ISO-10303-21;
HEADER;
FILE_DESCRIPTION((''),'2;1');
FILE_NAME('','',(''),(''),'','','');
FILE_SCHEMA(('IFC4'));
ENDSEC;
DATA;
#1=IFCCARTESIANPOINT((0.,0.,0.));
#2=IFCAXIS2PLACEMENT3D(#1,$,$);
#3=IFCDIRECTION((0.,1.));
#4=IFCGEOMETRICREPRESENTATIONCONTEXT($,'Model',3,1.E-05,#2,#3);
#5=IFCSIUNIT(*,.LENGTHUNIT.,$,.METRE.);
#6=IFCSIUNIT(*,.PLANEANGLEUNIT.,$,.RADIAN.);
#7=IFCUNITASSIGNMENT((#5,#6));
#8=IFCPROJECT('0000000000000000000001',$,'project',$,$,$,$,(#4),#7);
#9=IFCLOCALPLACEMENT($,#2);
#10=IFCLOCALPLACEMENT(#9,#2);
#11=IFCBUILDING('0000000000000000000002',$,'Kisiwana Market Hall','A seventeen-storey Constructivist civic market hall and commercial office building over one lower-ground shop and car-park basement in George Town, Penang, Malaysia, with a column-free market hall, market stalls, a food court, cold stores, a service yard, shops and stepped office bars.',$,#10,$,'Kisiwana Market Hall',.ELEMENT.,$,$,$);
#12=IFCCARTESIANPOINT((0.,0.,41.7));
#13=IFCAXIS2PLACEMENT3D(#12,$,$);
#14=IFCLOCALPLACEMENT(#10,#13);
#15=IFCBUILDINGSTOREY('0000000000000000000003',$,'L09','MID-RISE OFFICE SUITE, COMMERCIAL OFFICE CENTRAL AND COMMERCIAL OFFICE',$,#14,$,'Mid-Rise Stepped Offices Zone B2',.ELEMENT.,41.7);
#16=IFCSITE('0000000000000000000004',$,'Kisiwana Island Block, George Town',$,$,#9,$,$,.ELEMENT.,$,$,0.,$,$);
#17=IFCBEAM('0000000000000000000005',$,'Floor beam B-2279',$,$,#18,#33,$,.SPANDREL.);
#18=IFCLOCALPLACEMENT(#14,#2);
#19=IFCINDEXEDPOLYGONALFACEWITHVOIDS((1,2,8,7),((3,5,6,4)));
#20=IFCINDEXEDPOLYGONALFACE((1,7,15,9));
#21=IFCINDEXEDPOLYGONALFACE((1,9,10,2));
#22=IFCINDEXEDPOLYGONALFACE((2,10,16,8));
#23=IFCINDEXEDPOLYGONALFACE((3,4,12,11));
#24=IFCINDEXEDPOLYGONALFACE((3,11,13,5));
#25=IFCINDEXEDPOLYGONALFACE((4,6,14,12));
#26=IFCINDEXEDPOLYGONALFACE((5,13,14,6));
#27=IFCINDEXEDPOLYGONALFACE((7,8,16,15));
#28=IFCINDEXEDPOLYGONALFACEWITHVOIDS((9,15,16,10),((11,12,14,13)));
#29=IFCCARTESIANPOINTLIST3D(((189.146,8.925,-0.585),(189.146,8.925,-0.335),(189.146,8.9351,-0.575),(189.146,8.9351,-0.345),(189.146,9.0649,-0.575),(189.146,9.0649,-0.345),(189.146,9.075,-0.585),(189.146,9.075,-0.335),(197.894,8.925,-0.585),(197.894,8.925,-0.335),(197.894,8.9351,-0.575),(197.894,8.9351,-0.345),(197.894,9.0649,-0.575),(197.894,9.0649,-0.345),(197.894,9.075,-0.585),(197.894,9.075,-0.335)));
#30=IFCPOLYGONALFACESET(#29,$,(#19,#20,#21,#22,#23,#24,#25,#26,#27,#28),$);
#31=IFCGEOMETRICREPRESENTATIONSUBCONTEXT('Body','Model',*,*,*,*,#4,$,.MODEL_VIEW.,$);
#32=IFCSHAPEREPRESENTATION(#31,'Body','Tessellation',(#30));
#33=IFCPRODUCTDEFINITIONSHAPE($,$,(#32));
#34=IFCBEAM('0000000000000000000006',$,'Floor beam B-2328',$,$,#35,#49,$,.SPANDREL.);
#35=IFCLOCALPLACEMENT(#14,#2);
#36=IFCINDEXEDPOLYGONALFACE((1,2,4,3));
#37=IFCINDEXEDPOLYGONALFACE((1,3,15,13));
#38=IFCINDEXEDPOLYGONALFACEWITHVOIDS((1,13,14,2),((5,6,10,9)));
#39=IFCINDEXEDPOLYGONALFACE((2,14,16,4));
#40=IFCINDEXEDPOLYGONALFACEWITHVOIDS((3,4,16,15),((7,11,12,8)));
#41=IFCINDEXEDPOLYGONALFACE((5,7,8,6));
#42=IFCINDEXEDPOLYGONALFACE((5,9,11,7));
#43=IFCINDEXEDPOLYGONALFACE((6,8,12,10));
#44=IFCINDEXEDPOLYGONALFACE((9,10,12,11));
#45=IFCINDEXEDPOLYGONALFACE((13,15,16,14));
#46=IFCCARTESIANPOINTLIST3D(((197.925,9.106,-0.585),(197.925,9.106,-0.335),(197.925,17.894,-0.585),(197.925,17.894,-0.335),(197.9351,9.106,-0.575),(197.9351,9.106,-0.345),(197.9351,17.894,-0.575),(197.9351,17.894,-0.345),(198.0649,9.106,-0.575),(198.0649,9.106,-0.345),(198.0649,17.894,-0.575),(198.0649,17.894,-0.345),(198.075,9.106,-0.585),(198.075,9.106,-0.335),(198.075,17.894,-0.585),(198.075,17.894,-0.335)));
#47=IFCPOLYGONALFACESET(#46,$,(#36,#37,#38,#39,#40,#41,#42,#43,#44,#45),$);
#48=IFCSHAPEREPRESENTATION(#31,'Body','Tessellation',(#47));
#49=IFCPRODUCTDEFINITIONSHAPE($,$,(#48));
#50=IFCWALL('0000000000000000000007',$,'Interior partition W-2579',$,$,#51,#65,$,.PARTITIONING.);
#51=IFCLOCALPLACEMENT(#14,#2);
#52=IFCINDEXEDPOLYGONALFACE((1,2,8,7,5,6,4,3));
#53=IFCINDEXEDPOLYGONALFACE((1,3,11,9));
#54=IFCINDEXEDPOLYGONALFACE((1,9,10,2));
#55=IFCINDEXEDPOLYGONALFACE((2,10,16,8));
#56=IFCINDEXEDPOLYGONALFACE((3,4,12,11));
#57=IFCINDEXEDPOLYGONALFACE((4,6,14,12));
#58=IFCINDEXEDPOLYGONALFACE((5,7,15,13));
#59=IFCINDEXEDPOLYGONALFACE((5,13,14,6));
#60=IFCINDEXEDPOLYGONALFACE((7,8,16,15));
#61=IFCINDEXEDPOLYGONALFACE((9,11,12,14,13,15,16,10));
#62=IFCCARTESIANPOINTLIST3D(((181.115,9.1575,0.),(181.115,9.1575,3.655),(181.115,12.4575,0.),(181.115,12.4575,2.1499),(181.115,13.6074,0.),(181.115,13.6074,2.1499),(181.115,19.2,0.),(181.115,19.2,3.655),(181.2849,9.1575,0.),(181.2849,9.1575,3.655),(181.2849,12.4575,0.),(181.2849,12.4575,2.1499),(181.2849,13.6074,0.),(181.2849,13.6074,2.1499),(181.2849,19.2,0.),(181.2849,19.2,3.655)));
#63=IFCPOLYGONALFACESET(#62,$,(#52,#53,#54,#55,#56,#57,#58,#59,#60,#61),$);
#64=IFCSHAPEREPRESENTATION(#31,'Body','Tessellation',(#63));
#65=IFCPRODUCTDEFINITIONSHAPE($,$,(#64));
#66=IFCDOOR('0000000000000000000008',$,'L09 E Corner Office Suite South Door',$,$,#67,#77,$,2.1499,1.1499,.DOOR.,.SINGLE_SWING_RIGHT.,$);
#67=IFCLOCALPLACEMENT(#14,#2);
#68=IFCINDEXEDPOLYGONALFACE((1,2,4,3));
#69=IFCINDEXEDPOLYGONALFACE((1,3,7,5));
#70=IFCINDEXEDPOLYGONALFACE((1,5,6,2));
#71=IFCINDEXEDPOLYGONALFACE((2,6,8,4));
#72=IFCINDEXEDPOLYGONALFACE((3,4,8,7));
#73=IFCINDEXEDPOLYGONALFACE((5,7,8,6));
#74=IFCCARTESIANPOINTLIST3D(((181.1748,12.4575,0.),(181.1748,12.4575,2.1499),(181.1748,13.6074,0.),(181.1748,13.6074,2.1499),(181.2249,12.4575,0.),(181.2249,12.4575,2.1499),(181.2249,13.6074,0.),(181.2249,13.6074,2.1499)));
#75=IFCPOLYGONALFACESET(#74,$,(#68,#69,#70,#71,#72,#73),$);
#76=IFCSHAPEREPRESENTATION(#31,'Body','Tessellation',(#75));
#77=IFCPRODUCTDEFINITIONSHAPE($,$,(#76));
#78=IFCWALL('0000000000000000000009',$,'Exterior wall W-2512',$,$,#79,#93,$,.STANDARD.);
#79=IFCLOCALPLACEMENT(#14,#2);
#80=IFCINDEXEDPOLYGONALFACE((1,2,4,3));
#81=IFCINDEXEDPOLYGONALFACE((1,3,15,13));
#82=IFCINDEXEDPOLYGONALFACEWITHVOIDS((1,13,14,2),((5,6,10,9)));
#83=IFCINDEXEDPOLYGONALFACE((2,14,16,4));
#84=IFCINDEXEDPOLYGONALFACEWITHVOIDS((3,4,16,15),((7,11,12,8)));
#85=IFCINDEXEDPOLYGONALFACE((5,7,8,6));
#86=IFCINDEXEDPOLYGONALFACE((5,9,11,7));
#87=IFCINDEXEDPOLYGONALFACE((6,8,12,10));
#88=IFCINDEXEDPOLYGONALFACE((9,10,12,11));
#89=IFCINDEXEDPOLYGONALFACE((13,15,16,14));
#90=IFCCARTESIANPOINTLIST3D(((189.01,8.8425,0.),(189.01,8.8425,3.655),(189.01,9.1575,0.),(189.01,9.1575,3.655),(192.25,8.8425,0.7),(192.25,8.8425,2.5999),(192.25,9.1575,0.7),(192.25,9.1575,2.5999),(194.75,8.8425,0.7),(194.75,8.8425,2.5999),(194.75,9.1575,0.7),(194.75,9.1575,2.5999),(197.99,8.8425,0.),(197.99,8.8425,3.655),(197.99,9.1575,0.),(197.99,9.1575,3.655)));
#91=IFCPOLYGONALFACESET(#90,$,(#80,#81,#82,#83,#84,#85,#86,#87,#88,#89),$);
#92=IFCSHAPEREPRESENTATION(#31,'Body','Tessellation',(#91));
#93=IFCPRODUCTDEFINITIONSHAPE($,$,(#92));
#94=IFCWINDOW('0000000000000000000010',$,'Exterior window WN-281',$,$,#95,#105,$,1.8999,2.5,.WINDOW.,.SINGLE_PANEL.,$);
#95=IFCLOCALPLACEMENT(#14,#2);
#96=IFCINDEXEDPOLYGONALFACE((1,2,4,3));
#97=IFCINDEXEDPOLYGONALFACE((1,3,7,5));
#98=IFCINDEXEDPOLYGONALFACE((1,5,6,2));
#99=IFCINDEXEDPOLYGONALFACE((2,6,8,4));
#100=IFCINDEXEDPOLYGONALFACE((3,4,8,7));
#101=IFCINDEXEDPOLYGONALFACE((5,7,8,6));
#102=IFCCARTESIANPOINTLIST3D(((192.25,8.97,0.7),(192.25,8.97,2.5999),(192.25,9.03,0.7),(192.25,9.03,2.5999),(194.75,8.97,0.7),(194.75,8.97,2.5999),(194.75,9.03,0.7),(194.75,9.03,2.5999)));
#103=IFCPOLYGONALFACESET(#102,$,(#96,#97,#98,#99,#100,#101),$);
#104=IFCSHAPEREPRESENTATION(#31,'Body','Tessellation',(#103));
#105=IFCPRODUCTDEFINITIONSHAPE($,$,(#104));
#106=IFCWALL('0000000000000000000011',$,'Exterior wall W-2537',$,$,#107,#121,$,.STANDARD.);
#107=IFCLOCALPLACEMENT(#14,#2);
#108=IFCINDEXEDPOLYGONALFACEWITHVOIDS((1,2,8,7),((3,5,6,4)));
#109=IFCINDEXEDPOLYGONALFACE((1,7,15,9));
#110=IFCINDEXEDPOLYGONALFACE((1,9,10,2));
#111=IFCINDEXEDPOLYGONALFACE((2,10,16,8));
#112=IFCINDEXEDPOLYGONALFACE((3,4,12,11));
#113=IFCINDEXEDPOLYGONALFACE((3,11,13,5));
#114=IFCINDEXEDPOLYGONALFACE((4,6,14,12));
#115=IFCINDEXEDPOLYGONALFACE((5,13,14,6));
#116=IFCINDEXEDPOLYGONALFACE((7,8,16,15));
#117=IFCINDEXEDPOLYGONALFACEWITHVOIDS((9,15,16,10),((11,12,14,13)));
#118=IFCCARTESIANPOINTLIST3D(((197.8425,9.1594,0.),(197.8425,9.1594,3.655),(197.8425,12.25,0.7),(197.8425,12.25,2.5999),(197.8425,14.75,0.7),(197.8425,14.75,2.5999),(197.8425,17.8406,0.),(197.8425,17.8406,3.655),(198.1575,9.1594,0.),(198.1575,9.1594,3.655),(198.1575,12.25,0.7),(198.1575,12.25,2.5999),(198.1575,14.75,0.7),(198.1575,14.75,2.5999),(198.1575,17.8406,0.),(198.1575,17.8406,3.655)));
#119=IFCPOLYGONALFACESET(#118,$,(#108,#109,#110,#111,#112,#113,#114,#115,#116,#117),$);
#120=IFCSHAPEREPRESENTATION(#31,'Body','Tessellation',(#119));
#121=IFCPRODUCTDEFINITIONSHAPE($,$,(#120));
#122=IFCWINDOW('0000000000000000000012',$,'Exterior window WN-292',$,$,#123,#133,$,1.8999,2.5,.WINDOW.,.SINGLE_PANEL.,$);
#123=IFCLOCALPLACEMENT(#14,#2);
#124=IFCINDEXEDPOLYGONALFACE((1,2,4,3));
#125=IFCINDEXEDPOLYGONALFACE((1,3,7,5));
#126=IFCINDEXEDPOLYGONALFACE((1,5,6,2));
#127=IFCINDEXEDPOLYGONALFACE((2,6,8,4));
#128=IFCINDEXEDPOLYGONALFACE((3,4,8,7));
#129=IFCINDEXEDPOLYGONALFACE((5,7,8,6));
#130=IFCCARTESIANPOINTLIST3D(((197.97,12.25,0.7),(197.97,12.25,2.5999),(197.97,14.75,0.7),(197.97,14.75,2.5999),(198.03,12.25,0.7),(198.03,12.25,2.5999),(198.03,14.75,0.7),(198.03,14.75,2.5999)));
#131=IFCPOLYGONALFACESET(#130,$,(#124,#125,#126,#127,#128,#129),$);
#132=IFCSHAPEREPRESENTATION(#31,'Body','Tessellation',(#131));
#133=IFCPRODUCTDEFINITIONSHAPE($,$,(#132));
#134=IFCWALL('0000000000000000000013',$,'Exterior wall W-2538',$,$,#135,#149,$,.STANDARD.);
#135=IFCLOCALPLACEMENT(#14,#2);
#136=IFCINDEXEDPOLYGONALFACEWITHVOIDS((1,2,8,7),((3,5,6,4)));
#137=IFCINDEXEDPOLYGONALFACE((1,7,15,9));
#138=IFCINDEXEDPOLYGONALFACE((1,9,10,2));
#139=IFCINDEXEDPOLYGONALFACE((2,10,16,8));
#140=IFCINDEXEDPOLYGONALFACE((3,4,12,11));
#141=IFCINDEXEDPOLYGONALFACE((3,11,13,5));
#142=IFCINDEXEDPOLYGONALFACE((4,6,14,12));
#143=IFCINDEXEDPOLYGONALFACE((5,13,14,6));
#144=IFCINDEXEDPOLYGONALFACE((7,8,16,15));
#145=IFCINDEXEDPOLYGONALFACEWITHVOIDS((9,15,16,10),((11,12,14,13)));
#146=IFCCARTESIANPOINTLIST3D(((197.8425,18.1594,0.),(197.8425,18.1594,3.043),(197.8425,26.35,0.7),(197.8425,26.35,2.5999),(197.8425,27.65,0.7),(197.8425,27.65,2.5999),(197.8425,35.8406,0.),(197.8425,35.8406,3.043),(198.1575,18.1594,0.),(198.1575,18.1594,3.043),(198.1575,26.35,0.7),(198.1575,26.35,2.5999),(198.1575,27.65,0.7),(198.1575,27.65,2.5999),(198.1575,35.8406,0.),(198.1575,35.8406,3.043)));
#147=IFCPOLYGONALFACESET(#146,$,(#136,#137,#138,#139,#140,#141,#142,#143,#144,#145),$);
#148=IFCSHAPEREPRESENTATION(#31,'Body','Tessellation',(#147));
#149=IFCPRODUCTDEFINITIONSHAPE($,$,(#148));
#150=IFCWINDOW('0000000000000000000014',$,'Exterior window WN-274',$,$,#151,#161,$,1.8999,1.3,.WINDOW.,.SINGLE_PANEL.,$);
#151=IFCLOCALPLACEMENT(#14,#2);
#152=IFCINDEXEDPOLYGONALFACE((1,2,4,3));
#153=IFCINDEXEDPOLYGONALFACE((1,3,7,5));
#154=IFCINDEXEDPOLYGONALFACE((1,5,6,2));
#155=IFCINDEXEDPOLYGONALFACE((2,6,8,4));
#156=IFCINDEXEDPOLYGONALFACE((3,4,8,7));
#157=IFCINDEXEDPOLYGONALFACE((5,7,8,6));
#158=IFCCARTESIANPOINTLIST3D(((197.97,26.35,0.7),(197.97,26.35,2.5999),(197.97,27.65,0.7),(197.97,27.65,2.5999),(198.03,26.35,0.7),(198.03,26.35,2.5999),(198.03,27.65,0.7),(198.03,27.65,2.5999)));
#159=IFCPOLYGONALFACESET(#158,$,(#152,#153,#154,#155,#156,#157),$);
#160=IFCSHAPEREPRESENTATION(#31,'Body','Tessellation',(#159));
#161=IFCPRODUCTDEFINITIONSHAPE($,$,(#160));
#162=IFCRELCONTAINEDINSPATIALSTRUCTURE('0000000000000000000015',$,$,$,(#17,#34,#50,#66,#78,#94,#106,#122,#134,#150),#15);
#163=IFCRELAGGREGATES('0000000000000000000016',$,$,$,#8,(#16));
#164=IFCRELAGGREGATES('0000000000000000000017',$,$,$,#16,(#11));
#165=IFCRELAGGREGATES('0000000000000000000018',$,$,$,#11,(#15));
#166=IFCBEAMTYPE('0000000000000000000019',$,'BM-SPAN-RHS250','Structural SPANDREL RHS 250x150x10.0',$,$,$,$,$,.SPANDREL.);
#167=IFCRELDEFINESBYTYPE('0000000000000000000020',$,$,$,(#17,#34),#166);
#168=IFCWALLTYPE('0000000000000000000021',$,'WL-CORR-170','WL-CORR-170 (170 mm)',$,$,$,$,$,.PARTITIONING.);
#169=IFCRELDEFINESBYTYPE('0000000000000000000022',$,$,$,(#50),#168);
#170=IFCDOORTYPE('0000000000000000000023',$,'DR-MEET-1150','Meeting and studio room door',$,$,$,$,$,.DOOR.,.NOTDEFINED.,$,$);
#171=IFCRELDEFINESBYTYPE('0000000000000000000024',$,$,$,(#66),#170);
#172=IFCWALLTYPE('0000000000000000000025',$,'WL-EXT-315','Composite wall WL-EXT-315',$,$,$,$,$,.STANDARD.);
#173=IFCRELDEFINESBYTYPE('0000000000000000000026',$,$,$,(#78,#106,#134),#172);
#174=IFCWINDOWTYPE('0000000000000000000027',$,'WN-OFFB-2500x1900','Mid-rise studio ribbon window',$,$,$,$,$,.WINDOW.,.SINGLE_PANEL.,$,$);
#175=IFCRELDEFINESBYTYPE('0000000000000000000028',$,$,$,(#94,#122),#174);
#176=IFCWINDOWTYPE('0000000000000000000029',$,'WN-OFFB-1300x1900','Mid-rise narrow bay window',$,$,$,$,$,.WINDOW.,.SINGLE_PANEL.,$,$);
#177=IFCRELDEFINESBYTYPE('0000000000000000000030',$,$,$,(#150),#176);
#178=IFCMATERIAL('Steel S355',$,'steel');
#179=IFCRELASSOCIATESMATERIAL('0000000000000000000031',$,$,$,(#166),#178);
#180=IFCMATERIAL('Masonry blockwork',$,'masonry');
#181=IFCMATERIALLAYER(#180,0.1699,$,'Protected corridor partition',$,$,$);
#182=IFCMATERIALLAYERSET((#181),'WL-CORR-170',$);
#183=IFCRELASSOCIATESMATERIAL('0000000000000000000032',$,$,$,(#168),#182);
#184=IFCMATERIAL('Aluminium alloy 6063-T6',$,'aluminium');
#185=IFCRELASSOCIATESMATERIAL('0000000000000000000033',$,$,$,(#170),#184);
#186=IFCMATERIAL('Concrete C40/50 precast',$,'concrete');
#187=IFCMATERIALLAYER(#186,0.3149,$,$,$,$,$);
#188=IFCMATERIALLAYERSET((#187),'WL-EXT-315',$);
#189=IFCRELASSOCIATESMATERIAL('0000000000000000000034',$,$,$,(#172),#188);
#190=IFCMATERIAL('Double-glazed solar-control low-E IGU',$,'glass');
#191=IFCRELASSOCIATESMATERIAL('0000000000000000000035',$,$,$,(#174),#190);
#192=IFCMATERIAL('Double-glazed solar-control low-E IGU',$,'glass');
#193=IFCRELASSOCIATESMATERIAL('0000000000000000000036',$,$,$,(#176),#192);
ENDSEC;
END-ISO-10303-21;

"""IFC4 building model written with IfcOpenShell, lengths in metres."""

from ifc_helpers import new_model, si_unit, direction, frame, frame_2d, origin, origin_2d, place, context, subcontext, project, spatial, rectangle, hollow_rectangle, extrude, material, layer, layer_set, material_profile, profile_set, type_object, element, fill, save


model = new_model("IFC4")

# Units and contexts
model_context = context("Model", 3, precision=1e-05, world=origin(), true_north=direction((0.0, 1.0)))
body_context = subcontext(model_context, "Body", "Model", "MODEL_VIEW")
ifc_project = project(units=[si_unit("LENGTHUNIT", "METRE"), si_unit("PLANEANGLEUNIT", "RADIAN")], contexts=[model_context])

# Site, building, storey
site_placement = place(None, origin())
site = spatial("IfcSite", under=ifc_project, at=site_placement, Name="Kisiwana Island Block, George Town", CompositionType="ELEMENT", RefElevation=0.0)
building_placement = place(site_placement, origin())
building = spatial("IfcBuilding", under=site, at=building_placement, Name="Kisiwana Market Hall", Description="A seventeen-storey Constructivist civic market hall and commercial office building over one lower-ground shop and car-park basement in George Town, Penang, Malaysia, with a column-free market hall, market stalls, a food court, cold stores, a service yard, shops and stepped office bars.", LongName="Kisiwana Market Hall", CompositionType="ELEMENT")
storey_placement = place(building_placement, frame((0.0, 0.0, 41.7)))
storey = spatial("IfcBuildingStorey", under=building, at=storey_placement, Name="L09", Description="MID-RISE OFFICE SUITE, COMMERCIAL OFFICE CENTRAL AND COMMERCIAL OFFICE", LongName="Mid-Rise Stepped Offices Zone B2", CompositionType="ELEMENT", Elevation=41.7)

# Beams
ifc_material_1 = material(Name="Steel S355", Category="steel")
ifc_material_profile_1 = material_profile(ifc_material_1, hollow_rectangle(XDim=0.1499, YDim=0.25, WallThickness=0.01, at=origin_2d()), Name="RHS 250x150x10.0")
ifc_profile_set_1 = profile_set([ifc_material_profile_1], Name="Steel S355")
beam_type_1 = type_object("IfcBeamType", Name="BM-SPAN-RHS250", Description="Structural SPANDREL RHS 250x150x10.0", PredefinedType="SPANDREL", material=ifc_profile_set_1)
beam_1_placement = place(storey_placement, frame((189.146, 9.0, -0.46), z_axis=(1.0, 0.0, 0.0), x_axis=(0.0, 1.0, 0.0)))
element("IfcBeam", 1, at=beam_1_placement, inside=storey, type_object=beam_type_1, Name="Floor beam B-2279", PredefinedType="SPANDREL", context=body_context, shape_type="SweptSolid", body=[
    extrude(hollow_rectangle(XDim=0.1499, YDim=0.25, WallThickness=0.01, at=origin_2d()), origin(), (0.0, 0.0, 1.0), 8.748),
])
beam_2_placement = place(storey_placement, frame((198.0, 9.106, -0.46), z_axis=(0.0, 1.0, 0.0), x_axis=(-1.0, 0.0, 0.0)))
element("IfcBeam", 2, at=beam_2_placement, inside=storey, type_object=beam_type_1, Name="Floor beam B-2328", PredefinedType="SPANDREL", context=body_context, shape_type="SweptSolid", body=[
    extrude(hollow_rectangle(XDim=0.1499, YDim=0.25, WallThickness=0.01, at=origin_2d()), origin(), (0.0, 0.0, 1.0), 8.7881),
])

# Wall, opening, door
ifc_material_2 = material(Name="Masonry blockwork", Category="masonry")
ifc_layer_1 = layer(ifc_material_2, 0.1699, Name="Protected corridor partition")
ifc_layer_set_1 = layer_set([ifc_layer_1], Name="WL-CORR-170")
wall_type_1 = type_object("IfcWallType", Name="WL-CORR-170", Description="WL-CORR-170 (170 mm)", PredefinedType="PARTITIONING", material=ifc_layer_set_1)
wall_1_placement = place(storey_placement, frame((181.2, 9.1575, 0.0), z_axis=(0.0, 0.0, 1.0), x_axis=(0.0, 1.0, 0.0)))
wall_1 = element("IfcWall", 3, at=wall_1_placement, inside=storey, type_object=wall_type_1, Name="Interior partition W-2579", PredefinedType="PARTITIONING", context=body_context, shape_type="SweptSolid", body=[
    extrude(rectangle(XDim=10.0425, YDim=0.1699, at=frame_2d((5.0212, 0.0))), origin(), (0.0, 0.0, 1.0), 3.655),
])
opening_1_placement = place(wall_1_placement, frame((3.3, 0.0, 0.0)))
opening_1 = element("IfcOpeningElement", 4, at=opening_1_placement, cuts=wall_1, PredefinedType="OPENING", context=body_context, shape_type="SweptSolid", body=[
    extrude(rectangle(XDim=1.1499, YDim=2.1499, at=frame_2d((0.575, 1.075))), frame((0.0, 0.0969, 0.0), z_axis=(0.0, -1.0, 0.0), x_axis=(1.0, 0.0, 0.0)), (0.0, 0.0, 1.0), 0.1938),
])
ifc_material_3 = material(Name="Aluminium alloy 6063-T6", Category="aluminium")
door_type = type_object("IfcDoorType", Name="DR-MEET-1150", Description="Meeting and studio room door", OperationType="NOTDEFINED", PredefinedType="DOOR", material=ifc_material_3)
door_placement = place(opening_1_placement, frame((1.1499, 0.0, 0.0), z_axis=(0.0, 0.0, 1.0), x_axis=(-1.0, 0.0, 0.0)))
door = element("IfcDoor", 5, at=door_placement, inside=storey, type_object=door_type, Name="L09 E Corner Office Suite South Door", OperationType="SINGLE_SWING_RIGHT", OverallHeight=2.1499, OverallWidth=1.1499, PredefinedType="DOOR", context=body_context, shape_type="SweptSolid", body=[
    extrude(rectangle(XDim=1.1499, YDim=2.1499, at=frame_2d((0.575, 1.075))), frame((0.0, 0.0249, 0.0), z_axis=(0.0, -1.0, 0.0), x_axis=(1.0, 0.0, 0.0)), (0.0, 0.0, 1.0), 0.05),
])
fill(opening_1, door)

# Walls, openings, windows
ifc_material_4 = material(Name="Concrete C40/50 precast", Category="concrete")
ifc_layer_2 = layer(ifc_material_4, 0.3149)
ifc_layer_set_2 = layer_set([ifc_layer_2], Name="WL-EXT-315")
wall_type_2 = type_object("IfcWallType", Name="WL-EXT-315", Description="Composite wall WL-EXT-315", PredefinedType="STANDARD", material=ifc_layer_set_2)
wall_2_placement = place(storey_placement, frame((189.01, 9.0, 0.0), z_axis=(0.0, 0.0, 1.0), x_axis=(1.0, 0.0, 0.0)))
wall_2 = element("IfcWall", 6, at=wall_2_placement, inside=storey, type_object=wall_type_2, Name="Exterior wall W-2512", PredefinedType="STANDARD", context=body_context, shape_type="SweptSolid", body=[
    extrude(rectangle(XDim=8.98, YDim=0.3149, at=frame_2d((4.49, 0.0))), origin(), (0.0, 0.0, 1.0), 3.655),
])
opening_2_placement = place(wall_2_placement, frame((3.24, 0.0, 0.7)))
opening_2 = element("IfcOpeningElement", 7, at=opening_2_placement, cuts=wall_2, PredefinedType="OPENING", context=body_context, shape_type="SweptSolid", body=[
    extrude(rectangle(XDim=2.5, YDim=1.8999, at=frame_2d((1.25, 0.95))), frame((0.0, 0.1694, 0.0), z_axis=(0.0, -1.0, 0.0), x_axis=(1.0, 0.0, 0.0)), (0.0, 0.0, 1.0), 0.3389),
])
ifc_material_5 = material(Name="Double-glazed solar-control low-E IGU", Category="glass")
window_type_1 = type_object("IfcWindowType", Name="WN-OFFB-2500x1900", Description="Mid-rise studio ribbon window", PartitioningType="SINGLE_PANEL", PredefinedType="WINDOW", material=ifc_material_5)
window_1_placement = place(opening_2_placement, origin())
window_1 = element("IfcWindow", 8, at=window_1_placement, inside=storey, type_object=window_type_1, Name="Exterior window WN-281", OverallHeight=1.8999, OverallWidth=2.5, PartitioningType="SINGLE_PANEL", PredefinedType="WINDOW", context=body_context, shape_type="SweptSolid", body=[
    extrude(rectangle(XDim=2.5, YDim=1.8999, at=frame_2d((1.25, 0.95))), frame((0.0, 0.03, 0.0), z_axis=(0.0, -1.0, 0.0), x_axis=(1.0, 0.0, 0.0)), (0.0, 0.0, 1.0), 0.0601),
])
fill(opening_2, window_1)
wall_3_placement = place(storey_placement, frame((198.0, 9.1594, 0.0), z_axis=(0.0, 0.0, 1.0), x_axis=(0.0, 1.0, 0.0)))
wall_3 = element("IfcWall", 9, at=wall_3_placement, inside=storey, type_object=wall_type_2, Name="Exterior wall W-2537", PredefinedType="STANDARD", context=body_context, shape_type="SweptSolid", body=[
    extrude(rectangle(XDim=8.6812, YDim=0.3149, at=frame_2d((4.3406, 0.0))), origin(), (0.0, 0.0, 1.0), 3.655),
])
opening_3_placement = place(wall_3_placement, frame((3.0906, 0.0, 0.7)))
opening_3 = element("IfcOpeningElement", 10, at=opening_3_placement, cuts=wall_3, PredefinedType="OPENING", context=body_context, shape_type="SweptSolid", body=[
    extrude(rectangle(XDim=2.5, YDim=1.8999, at=frame_2d((1.25, 0.95))), frame((0.0, 0.1694, 0.0), z_axis=(0.0, -1.0, 0.0), x_axis=(1.0, 0.0, 0.0)), (0.0, 0.0, 1.0), 0.3389),
])
window_2_placement = place(opening_3_placement, origin())
window_2 = element("IfcWindow", 11, at=window_2_placement, inside=storey, type_object=window_type_1, Name="Exterior window WN-292", OverallHeight=1.8999, OverallWidth=2.5, PartitioningType="SINGLE_PANEL", PredefinedType="WINDOW", context=body_context, shape_type="SweptSolid", body=[
    extrude(rectangle(XDim=2.5, YDim=1.8999, at=frame_2d((1.25, 0.95))), frame((0.0, 0.03, 0.0), z_axis=(0.0, -1.0, 0.0), x_axis=(1.0, 0.0, 0.0)), (0.0, 0.0, 1.0), 0.0601),
])
fill(opening_3, window_2)
wall_4_placement = place(storey_placement, frame((198.0, 18.1594, 0.0), z_axis=(0.0, 0.0, 1.0), x_axis=(0.0, 1.0, 0.0)))
wall_4 = element("IfcWall", 12, at=wall_4_placement, inside=storey, type_object=wall_type_2, Name="Exterior wall W-2538", PredefinedType="STANDARD", context=body_context, shape_type="SweptSolid", body=[
    extrude(rectangle(XDim=17.6812, YDim=0.3149, at=frame_2d((8.8406, 0.0))), origin(), (0.0, 0.0, 1.0), 3.043),
])
opening_4_placement = place(wall_4_placement, frame((8.1907, 0.0, 0.7)))
opening_4 = element("IfcOpeningElement", 13, at=opening_4_placement, cuts=wall_4, PredefinedType="OPENING", context=body_context, shape_type="SweptSolid", body=[
    extrude(rectangle(XDim=1.3, YDim=1.8999, at=frame_2d((0.6499, 0.95))), frame((0.0, 0.1694, 0.0), z_axis=(0.0, -1.0, 0.0), x_axis=(1.0, 0.0, 0.0)), (0.0, 0.0, 1.0), 0.3389),
])
ifc_material_6 = material(Name="Double-glazed solar-control low-E IGU", Category="glass")
window_type_2 = type_object("IfcWindowType", Name="WN-OFFB-1300x1900", Description="Mid-rise narrow bay window", PartitioningType="SINGLE_PANEL", PredefinedType="WINDOW", material=ifc_material_6)
window_3_placement = place(opening_4_placement, origin())
window_3 = element("IfcWindow", 14, at=window_3_placement, inside=storey, type_object=window_type_2, Name="Exterior window WN-274", OverallHeight=1.8999, OverallWidth=1.3, PartitioningType="SINGLE_PANEL", PredefinedType="WINDOW", context=body_context, shape_type="SweptSolid", body=[
    extrude(rectangle(XDim=1.3, YDim=1.8999, at=frame_2d((0.6499, 0.95))), frame((0.0, 0.03, 0.0), z_axis=(0.0, -1.0, 0.0), x_axis=(1.0, 0.0, 0.0)), (0.0, 0.0, 1.0), 0.0601),
])
fill(opening_4, window_3)

save(model, "model.ifc")
